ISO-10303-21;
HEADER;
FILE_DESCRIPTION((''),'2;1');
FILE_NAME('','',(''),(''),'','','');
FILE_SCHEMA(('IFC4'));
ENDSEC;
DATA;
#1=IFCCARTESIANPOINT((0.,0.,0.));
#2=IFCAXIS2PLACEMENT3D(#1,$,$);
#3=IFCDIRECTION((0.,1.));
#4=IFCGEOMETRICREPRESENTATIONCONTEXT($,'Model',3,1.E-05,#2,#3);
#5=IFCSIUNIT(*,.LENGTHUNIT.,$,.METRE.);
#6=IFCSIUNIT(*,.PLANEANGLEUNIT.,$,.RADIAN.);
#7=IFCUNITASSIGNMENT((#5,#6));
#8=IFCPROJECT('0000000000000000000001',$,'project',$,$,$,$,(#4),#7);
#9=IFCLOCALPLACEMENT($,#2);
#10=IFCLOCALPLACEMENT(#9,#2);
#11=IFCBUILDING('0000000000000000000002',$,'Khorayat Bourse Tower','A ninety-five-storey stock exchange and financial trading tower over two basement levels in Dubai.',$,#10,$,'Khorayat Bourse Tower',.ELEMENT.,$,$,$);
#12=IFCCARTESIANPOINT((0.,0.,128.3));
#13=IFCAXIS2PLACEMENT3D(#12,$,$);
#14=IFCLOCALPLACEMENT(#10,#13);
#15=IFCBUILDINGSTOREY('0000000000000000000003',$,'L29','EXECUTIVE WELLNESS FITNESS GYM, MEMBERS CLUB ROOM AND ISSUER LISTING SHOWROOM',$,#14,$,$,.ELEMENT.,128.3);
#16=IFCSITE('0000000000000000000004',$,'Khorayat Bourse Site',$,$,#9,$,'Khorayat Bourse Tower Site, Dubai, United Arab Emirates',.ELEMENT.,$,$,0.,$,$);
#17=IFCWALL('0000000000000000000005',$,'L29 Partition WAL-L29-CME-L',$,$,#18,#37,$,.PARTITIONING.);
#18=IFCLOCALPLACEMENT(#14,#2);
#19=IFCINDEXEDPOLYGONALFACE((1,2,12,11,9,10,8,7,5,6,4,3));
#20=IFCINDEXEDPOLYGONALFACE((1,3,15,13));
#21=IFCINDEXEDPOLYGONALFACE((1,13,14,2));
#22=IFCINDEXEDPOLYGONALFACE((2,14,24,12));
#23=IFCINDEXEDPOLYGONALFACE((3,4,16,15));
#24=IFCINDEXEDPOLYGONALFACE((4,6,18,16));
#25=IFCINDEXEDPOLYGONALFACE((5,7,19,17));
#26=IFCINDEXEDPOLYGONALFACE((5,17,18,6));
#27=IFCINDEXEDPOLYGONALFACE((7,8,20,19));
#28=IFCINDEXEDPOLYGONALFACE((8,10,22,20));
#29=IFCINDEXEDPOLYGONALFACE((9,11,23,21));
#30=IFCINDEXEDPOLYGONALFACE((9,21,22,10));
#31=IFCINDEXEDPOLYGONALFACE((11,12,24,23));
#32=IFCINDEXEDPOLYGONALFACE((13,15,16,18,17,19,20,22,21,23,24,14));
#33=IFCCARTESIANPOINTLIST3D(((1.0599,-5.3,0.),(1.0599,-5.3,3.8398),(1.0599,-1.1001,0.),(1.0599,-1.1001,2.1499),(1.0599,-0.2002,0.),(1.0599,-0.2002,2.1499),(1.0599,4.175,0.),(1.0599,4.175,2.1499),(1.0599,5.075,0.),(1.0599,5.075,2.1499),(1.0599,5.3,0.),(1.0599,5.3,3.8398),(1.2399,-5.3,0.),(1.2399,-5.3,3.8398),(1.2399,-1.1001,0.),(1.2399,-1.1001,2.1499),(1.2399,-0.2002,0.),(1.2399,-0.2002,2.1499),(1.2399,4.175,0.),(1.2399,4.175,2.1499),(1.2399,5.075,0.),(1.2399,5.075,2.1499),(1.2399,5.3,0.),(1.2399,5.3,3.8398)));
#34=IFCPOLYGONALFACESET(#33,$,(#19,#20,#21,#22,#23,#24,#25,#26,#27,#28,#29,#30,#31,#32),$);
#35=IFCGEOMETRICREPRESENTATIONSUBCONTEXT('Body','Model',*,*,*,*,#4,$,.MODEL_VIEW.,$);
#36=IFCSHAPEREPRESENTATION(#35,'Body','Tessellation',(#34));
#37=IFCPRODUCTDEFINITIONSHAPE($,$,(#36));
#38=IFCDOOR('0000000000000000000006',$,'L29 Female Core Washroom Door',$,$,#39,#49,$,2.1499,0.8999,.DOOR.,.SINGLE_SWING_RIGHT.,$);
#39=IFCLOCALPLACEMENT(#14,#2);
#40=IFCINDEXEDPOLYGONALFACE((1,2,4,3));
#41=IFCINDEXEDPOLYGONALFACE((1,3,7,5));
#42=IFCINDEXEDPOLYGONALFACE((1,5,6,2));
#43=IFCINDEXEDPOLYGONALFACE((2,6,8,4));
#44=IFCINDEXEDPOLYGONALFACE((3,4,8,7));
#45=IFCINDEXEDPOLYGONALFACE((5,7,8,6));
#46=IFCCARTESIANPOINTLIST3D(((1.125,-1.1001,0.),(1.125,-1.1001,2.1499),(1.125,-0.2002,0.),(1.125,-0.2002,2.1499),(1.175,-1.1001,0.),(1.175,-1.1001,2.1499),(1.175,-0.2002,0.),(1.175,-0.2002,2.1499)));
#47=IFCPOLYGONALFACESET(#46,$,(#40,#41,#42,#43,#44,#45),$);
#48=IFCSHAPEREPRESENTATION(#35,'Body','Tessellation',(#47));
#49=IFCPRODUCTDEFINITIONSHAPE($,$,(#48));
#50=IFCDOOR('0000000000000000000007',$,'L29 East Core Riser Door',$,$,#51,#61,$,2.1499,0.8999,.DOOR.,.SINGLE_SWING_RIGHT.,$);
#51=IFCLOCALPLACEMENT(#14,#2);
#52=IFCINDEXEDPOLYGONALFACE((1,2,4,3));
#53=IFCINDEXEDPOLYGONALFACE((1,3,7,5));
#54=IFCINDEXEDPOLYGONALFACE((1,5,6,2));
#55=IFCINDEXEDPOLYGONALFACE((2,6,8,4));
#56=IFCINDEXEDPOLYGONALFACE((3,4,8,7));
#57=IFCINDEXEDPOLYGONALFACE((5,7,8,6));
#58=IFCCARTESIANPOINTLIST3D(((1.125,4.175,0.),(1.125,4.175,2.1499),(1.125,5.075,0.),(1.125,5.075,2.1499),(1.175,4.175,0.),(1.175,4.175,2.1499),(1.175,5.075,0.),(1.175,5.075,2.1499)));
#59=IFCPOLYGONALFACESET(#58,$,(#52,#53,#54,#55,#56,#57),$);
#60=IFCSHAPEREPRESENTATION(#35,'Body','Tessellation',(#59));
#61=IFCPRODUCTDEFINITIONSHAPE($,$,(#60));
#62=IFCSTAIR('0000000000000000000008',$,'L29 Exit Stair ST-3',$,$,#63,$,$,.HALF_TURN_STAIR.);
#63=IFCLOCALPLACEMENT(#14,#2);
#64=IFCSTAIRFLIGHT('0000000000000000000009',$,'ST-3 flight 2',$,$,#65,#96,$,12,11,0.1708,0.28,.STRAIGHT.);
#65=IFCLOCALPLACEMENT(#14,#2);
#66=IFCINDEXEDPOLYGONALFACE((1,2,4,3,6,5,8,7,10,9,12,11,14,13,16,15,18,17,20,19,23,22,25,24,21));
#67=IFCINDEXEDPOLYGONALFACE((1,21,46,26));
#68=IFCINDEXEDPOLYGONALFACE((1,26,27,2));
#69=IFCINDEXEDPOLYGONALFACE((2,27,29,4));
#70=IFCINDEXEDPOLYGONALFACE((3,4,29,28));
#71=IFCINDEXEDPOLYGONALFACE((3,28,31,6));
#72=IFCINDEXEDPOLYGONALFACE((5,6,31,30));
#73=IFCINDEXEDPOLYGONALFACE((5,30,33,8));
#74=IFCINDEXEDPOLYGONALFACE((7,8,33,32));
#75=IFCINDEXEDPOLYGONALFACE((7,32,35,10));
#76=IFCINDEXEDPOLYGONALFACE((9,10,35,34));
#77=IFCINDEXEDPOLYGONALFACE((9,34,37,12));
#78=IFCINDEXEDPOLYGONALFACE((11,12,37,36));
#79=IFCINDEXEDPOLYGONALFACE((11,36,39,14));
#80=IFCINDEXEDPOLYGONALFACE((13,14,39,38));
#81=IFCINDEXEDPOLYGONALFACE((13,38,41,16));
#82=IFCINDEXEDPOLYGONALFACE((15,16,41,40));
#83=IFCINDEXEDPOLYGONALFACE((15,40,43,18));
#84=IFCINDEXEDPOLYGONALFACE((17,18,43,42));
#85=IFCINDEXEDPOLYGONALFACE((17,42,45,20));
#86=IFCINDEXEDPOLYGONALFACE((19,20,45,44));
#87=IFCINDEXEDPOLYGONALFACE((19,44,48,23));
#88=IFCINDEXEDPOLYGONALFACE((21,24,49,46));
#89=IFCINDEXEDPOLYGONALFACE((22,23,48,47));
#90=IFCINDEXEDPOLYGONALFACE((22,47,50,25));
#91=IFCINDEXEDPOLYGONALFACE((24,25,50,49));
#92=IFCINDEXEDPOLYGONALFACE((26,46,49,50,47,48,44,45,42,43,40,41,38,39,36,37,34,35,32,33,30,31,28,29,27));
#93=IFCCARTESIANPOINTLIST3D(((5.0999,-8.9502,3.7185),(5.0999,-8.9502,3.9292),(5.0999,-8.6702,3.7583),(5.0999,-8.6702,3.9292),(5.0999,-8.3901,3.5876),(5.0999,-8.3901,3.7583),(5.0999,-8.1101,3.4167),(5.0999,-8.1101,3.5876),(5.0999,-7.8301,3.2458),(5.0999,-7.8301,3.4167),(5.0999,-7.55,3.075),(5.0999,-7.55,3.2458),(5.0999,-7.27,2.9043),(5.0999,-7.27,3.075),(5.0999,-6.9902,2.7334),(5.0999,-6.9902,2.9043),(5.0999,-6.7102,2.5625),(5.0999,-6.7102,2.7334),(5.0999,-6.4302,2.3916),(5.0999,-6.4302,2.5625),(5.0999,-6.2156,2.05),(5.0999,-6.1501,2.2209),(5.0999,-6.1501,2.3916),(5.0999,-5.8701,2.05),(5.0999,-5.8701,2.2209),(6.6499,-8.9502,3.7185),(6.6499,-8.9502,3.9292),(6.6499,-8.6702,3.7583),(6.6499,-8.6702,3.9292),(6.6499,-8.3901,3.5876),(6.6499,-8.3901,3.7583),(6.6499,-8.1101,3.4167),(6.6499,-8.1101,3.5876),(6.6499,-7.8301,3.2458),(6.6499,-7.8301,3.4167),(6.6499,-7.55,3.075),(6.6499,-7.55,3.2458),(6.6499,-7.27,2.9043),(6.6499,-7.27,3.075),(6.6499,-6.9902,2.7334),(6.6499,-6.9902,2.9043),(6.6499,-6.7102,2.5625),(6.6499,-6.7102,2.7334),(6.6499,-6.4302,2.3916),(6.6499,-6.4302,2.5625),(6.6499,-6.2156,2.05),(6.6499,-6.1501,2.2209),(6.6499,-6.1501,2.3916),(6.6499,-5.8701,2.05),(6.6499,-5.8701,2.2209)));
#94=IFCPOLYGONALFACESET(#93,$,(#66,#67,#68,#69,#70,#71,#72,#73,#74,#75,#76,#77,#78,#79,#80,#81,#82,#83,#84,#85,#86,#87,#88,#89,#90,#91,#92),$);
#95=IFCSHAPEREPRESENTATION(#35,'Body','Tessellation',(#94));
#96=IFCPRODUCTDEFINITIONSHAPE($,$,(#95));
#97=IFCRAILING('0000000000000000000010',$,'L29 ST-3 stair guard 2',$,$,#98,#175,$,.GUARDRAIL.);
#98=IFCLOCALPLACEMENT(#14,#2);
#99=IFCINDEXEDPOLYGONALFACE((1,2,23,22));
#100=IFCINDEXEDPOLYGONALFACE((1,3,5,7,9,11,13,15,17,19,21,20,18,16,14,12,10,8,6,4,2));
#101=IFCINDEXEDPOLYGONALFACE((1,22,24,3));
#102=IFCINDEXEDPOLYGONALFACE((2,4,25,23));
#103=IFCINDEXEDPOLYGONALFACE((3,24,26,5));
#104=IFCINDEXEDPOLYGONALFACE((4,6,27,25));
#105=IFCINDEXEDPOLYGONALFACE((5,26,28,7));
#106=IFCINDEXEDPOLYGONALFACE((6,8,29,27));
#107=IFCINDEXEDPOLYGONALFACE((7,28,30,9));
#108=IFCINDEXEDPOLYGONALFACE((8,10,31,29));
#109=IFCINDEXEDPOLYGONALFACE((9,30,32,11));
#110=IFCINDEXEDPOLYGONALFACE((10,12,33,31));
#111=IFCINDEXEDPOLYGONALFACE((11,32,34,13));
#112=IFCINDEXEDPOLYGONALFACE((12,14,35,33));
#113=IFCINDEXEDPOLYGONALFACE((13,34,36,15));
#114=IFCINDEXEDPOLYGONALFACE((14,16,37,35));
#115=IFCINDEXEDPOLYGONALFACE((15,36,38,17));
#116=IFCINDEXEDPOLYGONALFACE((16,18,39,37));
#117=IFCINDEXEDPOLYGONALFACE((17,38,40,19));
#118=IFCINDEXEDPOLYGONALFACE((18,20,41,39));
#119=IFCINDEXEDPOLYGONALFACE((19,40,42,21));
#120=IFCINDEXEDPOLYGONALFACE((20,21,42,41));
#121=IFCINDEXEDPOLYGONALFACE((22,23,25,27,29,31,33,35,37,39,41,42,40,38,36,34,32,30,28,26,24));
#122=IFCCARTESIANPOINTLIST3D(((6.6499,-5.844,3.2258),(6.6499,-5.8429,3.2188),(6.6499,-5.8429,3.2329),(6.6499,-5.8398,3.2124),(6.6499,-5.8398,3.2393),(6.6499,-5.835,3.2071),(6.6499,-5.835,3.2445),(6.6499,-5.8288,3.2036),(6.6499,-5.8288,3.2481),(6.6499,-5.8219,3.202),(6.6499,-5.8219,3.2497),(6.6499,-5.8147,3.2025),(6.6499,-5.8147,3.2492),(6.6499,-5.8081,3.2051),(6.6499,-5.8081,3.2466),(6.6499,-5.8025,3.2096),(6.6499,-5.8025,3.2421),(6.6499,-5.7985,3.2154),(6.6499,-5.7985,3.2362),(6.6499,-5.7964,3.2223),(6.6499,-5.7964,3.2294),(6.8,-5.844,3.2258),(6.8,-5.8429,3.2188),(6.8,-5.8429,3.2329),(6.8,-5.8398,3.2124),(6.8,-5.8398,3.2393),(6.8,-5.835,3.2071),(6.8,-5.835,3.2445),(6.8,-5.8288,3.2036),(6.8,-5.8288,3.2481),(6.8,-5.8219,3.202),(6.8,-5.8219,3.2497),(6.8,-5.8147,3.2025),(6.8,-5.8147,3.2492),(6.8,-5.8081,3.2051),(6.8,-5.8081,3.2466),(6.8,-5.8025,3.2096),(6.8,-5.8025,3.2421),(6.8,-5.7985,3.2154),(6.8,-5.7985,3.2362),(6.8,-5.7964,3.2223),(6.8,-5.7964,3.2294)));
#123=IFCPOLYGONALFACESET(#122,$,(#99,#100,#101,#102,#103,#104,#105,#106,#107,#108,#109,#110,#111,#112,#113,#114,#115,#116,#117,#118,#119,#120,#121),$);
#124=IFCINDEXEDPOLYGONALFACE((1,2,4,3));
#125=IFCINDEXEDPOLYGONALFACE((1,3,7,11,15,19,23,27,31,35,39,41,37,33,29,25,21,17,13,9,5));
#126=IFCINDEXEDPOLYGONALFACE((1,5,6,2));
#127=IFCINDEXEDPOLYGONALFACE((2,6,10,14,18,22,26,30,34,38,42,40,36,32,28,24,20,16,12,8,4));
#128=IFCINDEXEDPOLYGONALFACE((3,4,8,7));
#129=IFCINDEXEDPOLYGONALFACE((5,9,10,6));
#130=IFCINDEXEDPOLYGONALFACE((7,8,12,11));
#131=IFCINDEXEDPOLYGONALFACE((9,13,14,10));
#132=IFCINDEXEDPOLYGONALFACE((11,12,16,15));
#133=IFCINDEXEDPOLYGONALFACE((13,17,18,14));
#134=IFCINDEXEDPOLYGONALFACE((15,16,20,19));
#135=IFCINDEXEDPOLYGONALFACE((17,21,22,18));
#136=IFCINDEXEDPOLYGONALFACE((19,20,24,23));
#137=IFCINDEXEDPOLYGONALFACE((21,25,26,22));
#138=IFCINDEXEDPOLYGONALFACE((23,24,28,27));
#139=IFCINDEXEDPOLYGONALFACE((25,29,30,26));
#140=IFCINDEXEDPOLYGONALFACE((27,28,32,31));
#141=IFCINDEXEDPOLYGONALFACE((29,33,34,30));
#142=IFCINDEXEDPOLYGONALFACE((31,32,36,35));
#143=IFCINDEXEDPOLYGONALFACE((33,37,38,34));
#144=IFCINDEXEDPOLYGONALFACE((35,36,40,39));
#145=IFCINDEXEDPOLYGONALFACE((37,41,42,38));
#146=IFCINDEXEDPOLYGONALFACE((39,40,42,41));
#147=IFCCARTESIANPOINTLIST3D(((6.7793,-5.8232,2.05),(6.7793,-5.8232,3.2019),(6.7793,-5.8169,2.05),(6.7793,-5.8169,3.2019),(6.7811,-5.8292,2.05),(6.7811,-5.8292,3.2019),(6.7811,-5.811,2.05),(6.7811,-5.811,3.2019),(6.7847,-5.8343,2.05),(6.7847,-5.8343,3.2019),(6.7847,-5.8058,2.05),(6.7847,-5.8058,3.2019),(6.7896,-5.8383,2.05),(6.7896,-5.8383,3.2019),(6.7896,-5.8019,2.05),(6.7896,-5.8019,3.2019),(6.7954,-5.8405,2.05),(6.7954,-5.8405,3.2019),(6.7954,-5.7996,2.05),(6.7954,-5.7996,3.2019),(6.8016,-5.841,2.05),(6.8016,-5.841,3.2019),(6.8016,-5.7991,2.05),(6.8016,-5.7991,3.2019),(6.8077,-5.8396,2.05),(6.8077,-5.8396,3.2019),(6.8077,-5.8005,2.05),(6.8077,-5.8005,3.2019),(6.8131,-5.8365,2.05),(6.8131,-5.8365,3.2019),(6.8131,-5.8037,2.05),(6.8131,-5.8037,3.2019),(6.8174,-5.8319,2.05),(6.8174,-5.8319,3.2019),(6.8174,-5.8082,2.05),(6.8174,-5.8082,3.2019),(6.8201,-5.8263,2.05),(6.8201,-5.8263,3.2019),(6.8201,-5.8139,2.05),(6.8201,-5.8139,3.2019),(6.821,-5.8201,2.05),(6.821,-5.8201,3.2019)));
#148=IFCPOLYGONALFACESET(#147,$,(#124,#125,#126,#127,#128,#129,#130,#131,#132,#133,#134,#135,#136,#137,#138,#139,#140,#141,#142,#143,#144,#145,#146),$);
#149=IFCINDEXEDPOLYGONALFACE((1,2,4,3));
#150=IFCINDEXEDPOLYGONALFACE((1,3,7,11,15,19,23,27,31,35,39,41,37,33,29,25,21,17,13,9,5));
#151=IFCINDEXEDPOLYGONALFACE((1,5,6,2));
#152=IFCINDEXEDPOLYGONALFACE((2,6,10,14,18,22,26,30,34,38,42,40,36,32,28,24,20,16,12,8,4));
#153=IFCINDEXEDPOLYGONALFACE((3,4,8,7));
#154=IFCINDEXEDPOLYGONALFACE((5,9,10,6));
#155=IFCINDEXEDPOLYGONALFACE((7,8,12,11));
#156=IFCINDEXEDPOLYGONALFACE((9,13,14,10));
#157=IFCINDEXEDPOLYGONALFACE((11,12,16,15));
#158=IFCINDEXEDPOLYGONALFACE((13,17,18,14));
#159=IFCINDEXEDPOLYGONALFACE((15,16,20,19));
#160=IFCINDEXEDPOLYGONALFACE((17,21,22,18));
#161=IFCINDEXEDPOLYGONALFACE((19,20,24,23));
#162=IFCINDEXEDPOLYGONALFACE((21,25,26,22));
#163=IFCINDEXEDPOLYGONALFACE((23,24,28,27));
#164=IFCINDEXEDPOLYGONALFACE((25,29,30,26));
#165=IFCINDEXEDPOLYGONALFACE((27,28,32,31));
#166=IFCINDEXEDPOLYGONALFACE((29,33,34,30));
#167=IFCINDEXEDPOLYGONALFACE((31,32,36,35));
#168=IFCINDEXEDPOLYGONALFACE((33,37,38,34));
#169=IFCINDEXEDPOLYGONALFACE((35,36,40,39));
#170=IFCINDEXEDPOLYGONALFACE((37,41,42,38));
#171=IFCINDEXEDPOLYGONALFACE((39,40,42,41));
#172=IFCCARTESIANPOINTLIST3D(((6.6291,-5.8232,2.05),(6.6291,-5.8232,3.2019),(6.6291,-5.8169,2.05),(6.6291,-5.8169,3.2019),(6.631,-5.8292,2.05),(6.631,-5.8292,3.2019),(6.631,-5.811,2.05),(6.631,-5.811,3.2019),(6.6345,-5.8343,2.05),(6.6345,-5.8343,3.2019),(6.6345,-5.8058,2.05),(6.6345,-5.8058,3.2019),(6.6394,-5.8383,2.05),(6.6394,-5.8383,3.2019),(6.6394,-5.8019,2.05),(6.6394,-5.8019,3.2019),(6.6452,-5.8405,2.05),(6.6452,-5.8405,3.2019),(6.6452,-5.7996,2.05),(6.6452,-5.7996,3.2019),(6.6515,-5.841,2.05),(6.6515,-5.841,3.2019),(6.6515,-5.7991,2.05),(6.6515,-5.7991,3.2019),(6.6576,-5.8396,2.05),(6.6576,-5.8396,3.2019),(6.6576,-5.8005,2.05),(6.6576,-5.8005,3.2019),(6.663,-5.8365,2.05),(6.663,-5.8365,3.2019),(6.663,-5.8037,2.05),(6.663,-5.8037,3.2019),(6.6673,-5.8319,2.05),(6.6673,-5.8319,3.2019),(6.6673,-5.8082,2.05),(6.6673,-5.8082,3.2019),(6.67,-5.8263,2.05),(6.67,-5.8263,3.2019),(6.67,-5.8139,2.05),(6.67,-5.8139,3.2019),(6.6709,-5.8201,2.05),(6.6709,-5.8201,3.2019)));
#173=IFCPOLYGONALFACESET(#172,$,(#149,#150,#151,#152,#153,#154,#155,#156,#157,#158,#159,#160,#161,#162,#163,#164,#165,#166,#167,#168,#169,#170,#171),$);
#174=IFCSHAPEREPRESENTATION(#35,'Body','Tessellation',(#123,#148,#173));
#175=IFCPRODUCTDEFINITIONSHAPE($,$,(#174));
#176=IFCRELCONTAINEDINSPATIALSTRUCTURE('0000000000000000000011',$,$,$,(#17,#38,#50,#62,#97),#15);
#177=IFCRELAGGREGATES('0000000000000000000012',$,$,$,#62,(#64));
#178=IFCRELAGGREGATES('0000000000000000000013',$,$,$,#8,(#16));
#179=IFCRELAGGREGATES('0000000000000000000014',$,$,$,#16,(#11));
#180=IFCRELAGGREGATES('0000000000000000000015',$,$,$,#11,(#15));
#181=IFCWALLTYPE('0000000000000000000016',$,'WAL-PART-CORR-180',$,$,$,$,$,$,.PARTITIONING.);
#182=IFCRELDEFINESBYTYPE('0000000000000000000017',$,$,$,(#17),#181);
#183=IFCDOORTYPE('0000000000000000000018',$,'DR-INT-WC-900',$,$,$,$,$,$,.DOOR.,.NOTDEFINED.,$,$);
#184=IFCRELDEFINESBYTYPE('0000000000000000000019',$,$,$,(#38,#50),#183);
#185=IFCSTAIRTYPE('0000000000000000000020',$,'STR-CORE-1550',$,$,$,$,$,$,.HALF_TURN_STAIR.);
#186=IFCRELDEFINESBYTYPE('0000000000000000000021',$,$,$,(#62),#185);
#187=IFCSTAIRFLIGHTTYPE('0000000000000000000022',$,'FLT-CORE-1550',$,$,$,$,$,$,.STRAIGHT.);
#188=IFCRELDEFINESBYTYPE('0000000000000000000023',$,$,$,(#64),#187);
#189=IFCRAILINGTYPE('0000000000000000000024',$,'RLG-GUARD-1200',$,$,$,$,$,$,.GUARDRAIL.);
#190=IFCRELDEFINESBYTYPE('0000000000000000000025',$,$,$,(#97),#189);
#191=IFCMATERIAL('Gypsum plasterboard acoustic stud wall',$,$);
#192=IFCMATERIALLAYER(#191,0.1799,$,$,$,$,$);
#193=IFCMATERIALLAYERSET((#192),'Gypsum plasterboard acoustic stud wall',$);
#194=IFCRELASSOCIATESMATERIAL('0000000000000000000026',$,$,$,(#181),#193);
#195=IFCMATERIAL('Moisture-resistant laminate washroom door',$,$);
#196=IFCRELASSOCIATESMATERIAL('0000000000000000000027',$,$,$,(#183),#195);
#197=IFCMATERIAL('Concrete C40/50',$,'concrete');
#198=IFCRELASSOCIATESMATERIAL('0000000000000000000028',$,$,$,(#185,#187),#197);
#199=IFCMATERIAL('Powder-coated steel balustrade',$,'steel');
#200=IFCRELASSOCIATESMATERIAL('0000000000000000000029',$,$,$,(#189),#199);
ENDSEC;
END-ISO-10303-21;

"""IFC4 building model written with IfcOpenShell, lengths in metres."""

from ifc_helpers import new_model, si_unit, direction, frame, frame_2d, origin, origin_2d, place, context, subcontext, project, spatial, polyline, rectangle, circle, outline, extrude, source, transform, mapped, material, layer, layer_set, type_object, element, fill, aggregate, save


model = new_model("IFC4")

# Units and contexts
model_context = context("Model", 3, precision=1e-05, world=origin(), true_north=direction((0.0, 1.0)))
body_context = subcontext(model_context, "Body", "Model", "MODEL_VIEW")
ifc_project = project(units=[si_unit("LENGTHUNIT", "METRE"), si_unit("PLANEANGLEUNIT", "RADIAN")], contexts=[model_context])

# Site, building, storey
site_placement = place(None, origin())
site = spatial("IfcSite", under=ifc_project, at=site_placement, Name="Khorayat Bourse Site", LongName="Khorayat Bourse Tower Site, Dubai, United Arab Emirates", CompositionType="ELEMENT", RefElevation=0.0)
building_placement = place(site_placement, origin())
building = spatial("IfcBuilding", under=site, at=building_placement, Name="Khorayat Bourse Tower", Description="A ninety-five-storey stock exchange and financial trading tower over two basement levels in Dubai.", LongName="Khorayat Bourse Tower", CompositionType="ELEMENT")
storey_placement = place(building_placement, frame((0.0, 0.0, 128.3)))
storey = spatial("IfcBuildingStorey", under=building, at=storey_placement, Name="L29", Description="EXECUTIVE WELLNESS FITNESS GYM, MEMBERS CLUB ROOM AND ISSUER LISTING SHOWROOM", CompositionType="ELEMENT", Elevation=128.3)

# Wall, openings, doors
ifc_material_1 = material(Name="Gypsum plasterboard acoustic stud wall")
ifc_layer_1 = layer(ifc_material_1, 0.1799)
ifc_layer_set_1 = layer_set([ifc_layer_1], Name="Gypsum plasterboard acoustic stud wall")
wall_type_1 = type_object("IfcWallType", Name="WAL-PART-CORR-180", PredefinedType="PARTITIONING", material=ifc_layer_set_1)
shared_shape_1 = source(origin(), body_context, "Body", "SweptSolid", [
    extrude(rectangle(XDim=10.6001, YDim=0.1799, at=frame_2d((5.3, 0.0))), origin(), (0.0, 0.0, 1.0), 3.8398),
])
shared_shape_2 = source(origin(), body_context, "Body", "SweptSolid", [
    extrude(rectangle(XDim=0.8999, YDim=2.1499, at=frame_2d((0.45, 1.075))), frame((0.0, 0.0999, 0.0), z_axis=(0.0, -1.0, 0.0), x_axis=(1.0, 0.0, 0.0)), (0.0, 0.0, 1.0), 0.2),
])
ifc_material_2 = material(Name="Moisture-resistant laminate washroom door")
door_type_1 = type_object("IfcDoorType", Name="DR-INT-WC-900", OperationType="NOTDEFINED", PredefinedType="DOOR", material=ifc_material_2)
shared_shape_3 = source(origin(), body_context, "Body", "SweptSolid", [
    extrude(rectangle(XDim=0.8999, YDim=2.1499, at=frame_2d((0.45, 1.075))), frame((0.0, 0.0249, 0.0), z_axis=(0.0, -1.0, 0.0), x_axis=(1.0, 0.0, 0.0)), (0.0, 0.0, 1.0), 0.05),
])
wall_1_placement = place(storey_placement, frame((1.1499, -5.3, 0.0), z_axis=(0.0, 0.0, 1.0), x_axis=(0.0, 1.0, 0.0)))
wall_1 = element("IfcWall", 1, at=wall_1_placement, inside=storey, type_object=wall_type_1, Name="L29 Partition WAL-L29-CME-L", PredefinedType="PARTITIONING", context=body_context, shape_type="MappedRepresentation", body=[
    mapped(shared_shape_1, transform((0.0, 0.0, 0.0), scale=1.0)),
])
opening_1_placement = place(wall_1_placement, frame((4.2, 0.0, 0.0)))
opening_1 = element("IfcOpeningElement", 2, at=opening_1_placement, cuts=wall_1, PredefinedType="OPENING", context=body_context, shape_type="MappedRepresentation", body=[
    mapped(shared_shape_2, transform((0.0, 0.0, 0.0), scale=1.0)),
])
opening_2_placement = place(wall_1_placement, frame((9.4751, 0.0, 0.0)))
opening_2 = element("IfcOpeningElement", 3, at=opening_2_placement, cuts=wall_1, PredefinedType="OPENING", context=body_context, shape_type="MappedRepresentation", body=[
    mapped(shared_shape_2, transform((0.0, 0.0, 0.0), scale=1.0)),
])
door_1_placement = place(opening_1_placement, origin())
door_1 = element("IfcDoor", 4, at=door_1_placement, inside=storey, type_object=door_type_1, Name="L29 Female Core Washroom Door", OperationType="SINGLE_SWING_RIGHT", OverallHeight=2.1499, OverallWidth=0.8999, PredefinedType="DOOR", context=body_context, shape_type="MappedRepresentation", body=[
    mapped(shared_shape_3, transform((0.0, 0.0, 0.0), scale=1.0)),
])
fill(opening_1, door_1)
door_2_placement = place(opening_2_placement, origin())
door_2 = element("IfcDoor", 5, at=door_2_placement, inside=storey, type_object=door_type_1, Name="L29 East Core Riser Door", OperationType="SINGLE_SWING_RIGHT", OverallHeight=2.1499, OverallWidth=0.8999, PredefinedType="DOOR", context=body_context, shape_type="MappedRepresentation", body=[
    mapped(shared_shape_3, transform((0.0, 0.0, 0.0), scale=1.0)),
])
fill(opening_2, door_2)

# Stair, stair flight
ifc_material_3 = material(Name="Concrete C40/50", Category="concrete")
stair_type = type_object("IfcStairType", Name="STR-CORE-1550", PredefinedType="HALF_TURN_STAIR", material=ifc_material_3)
stair_placement = place(storey_placement, origin())
stair = element("IfcStair", 6, at=stair_placement, inside=storey, type_object=stair_type, Name="L29 Exit Stair ST-3", PredefinedType="HALF_TURN_STAIR")
stair_flight_type = type_object("IfcStairFlightType", Name="FLT-CORE-1550", PredefinedType="STRAIGHT", material=ifc_material_3)
shared_shape_4 = source(origin(), body_context, "Body", "SweptSolid", [
    extrude(outline(polyline([(0.0, 0.0), (0.0, 0.1709), (0.28, 0.1709), (0.28, 0.3416), (0.5601, 0.3416), (0.5601, 0.5125), (0.8401, 0.5125), (0.8401, 0.6833), (1.1201, 0.6833), (1.1201, 0.8542), (1.3999, 0.8542), (1.3999, 1.0249), (1.6799, 1.0249), (1.6799, 1.1958), (1.96, 1.1958), (1.96, 1.3667), (2.24, 1.3667), (2.24, 1.5376), (2.52, 1.5376), (2.52, 1.7083), (2.8, 1.7083), (2.8, 1.8792), (3.0801, 1.8792), (3.0801, 2.05), (3.0801, 1.6685), (0.3455, 0.0), (0.0, 0.0)])), frame((0.0, 0.7749, 0.0), z_axis=(0.0, -1.0, 0.0), x_axis=(1.0, 0.0, 0.0)), (0.0, 0.0, 1.0), 1.55),
])
stair_flight_placement = place(storey_placement, frame((5.875, -5.8701, 2.05), z_axis=(0.0, 0.0, 1.0), x_axis=(0.0, -1.0, 0.0)))
stair_flight = element("IfcStairFlight", 7, at=stair_flight_placement, type_object=stair_flight_type, Name="ST-3 flight 2", NumberOfRisers=12, NumberOfTreads=11, PredefinedType="STRAIGHT", RiserHeight=0.1708, TreadLength=0.28, context=body_context, shape_type="MappedRepresentation", body=[
    mapped(shared_shape_4, transform((0.0, 0.0, 0.0), scale=1.0)),
])
aggregate(stair, [stair_flight])

# Railing
ifc_material_4 = material(Name="Powder-coated steel balustrade", Category="steel")
railing_type_1 = type_object("IfcRailingType", Name="RLG-GUARD-1200", PredefinedType="GUARDRAIL", material=ifc_material_4)
shared_shape_5 = source(origin(), body_context, "Body", "SweptSolid", [
    extrude(circle(Radius=0.0239, at=origin_2d()), frame((0.0, 0.0, 1.1758), z_axis=(-1.0, 0.0, 0.0), x_axis=(0.0, -1.0, 0.0)), (0.0, 0.0, 1.0), 0.1501),
    extrude(circle(Radius=0.021, at=origin_2d()), origin(), (0.0, 0.0, 1.0), 1.1519),
    extrude(circle(Radius=0.021, at=origin_2d()), frame((-0.1501, 0.0, 0.0)), (0.0, 0.0, 1.0), 1.1519),
])
for number, where, name in (
    (8, (6.8, -5.8201, 2.05), "L29 ST-3 stair guard 2"),
):
    element("IfcRailing", number, at=place(storey_placement, frame(where)), inside=storey, type_object=railing_type_1, Name=name, PredefinedType="GUARDRAIL", context=body_context, shape_type="MappedRepresentation", body=[
        mapped(shared_shape_5, transform((0.0, 0.0, 0.0), scale=1.0)),
    ])

save(model, "model.ifc")
